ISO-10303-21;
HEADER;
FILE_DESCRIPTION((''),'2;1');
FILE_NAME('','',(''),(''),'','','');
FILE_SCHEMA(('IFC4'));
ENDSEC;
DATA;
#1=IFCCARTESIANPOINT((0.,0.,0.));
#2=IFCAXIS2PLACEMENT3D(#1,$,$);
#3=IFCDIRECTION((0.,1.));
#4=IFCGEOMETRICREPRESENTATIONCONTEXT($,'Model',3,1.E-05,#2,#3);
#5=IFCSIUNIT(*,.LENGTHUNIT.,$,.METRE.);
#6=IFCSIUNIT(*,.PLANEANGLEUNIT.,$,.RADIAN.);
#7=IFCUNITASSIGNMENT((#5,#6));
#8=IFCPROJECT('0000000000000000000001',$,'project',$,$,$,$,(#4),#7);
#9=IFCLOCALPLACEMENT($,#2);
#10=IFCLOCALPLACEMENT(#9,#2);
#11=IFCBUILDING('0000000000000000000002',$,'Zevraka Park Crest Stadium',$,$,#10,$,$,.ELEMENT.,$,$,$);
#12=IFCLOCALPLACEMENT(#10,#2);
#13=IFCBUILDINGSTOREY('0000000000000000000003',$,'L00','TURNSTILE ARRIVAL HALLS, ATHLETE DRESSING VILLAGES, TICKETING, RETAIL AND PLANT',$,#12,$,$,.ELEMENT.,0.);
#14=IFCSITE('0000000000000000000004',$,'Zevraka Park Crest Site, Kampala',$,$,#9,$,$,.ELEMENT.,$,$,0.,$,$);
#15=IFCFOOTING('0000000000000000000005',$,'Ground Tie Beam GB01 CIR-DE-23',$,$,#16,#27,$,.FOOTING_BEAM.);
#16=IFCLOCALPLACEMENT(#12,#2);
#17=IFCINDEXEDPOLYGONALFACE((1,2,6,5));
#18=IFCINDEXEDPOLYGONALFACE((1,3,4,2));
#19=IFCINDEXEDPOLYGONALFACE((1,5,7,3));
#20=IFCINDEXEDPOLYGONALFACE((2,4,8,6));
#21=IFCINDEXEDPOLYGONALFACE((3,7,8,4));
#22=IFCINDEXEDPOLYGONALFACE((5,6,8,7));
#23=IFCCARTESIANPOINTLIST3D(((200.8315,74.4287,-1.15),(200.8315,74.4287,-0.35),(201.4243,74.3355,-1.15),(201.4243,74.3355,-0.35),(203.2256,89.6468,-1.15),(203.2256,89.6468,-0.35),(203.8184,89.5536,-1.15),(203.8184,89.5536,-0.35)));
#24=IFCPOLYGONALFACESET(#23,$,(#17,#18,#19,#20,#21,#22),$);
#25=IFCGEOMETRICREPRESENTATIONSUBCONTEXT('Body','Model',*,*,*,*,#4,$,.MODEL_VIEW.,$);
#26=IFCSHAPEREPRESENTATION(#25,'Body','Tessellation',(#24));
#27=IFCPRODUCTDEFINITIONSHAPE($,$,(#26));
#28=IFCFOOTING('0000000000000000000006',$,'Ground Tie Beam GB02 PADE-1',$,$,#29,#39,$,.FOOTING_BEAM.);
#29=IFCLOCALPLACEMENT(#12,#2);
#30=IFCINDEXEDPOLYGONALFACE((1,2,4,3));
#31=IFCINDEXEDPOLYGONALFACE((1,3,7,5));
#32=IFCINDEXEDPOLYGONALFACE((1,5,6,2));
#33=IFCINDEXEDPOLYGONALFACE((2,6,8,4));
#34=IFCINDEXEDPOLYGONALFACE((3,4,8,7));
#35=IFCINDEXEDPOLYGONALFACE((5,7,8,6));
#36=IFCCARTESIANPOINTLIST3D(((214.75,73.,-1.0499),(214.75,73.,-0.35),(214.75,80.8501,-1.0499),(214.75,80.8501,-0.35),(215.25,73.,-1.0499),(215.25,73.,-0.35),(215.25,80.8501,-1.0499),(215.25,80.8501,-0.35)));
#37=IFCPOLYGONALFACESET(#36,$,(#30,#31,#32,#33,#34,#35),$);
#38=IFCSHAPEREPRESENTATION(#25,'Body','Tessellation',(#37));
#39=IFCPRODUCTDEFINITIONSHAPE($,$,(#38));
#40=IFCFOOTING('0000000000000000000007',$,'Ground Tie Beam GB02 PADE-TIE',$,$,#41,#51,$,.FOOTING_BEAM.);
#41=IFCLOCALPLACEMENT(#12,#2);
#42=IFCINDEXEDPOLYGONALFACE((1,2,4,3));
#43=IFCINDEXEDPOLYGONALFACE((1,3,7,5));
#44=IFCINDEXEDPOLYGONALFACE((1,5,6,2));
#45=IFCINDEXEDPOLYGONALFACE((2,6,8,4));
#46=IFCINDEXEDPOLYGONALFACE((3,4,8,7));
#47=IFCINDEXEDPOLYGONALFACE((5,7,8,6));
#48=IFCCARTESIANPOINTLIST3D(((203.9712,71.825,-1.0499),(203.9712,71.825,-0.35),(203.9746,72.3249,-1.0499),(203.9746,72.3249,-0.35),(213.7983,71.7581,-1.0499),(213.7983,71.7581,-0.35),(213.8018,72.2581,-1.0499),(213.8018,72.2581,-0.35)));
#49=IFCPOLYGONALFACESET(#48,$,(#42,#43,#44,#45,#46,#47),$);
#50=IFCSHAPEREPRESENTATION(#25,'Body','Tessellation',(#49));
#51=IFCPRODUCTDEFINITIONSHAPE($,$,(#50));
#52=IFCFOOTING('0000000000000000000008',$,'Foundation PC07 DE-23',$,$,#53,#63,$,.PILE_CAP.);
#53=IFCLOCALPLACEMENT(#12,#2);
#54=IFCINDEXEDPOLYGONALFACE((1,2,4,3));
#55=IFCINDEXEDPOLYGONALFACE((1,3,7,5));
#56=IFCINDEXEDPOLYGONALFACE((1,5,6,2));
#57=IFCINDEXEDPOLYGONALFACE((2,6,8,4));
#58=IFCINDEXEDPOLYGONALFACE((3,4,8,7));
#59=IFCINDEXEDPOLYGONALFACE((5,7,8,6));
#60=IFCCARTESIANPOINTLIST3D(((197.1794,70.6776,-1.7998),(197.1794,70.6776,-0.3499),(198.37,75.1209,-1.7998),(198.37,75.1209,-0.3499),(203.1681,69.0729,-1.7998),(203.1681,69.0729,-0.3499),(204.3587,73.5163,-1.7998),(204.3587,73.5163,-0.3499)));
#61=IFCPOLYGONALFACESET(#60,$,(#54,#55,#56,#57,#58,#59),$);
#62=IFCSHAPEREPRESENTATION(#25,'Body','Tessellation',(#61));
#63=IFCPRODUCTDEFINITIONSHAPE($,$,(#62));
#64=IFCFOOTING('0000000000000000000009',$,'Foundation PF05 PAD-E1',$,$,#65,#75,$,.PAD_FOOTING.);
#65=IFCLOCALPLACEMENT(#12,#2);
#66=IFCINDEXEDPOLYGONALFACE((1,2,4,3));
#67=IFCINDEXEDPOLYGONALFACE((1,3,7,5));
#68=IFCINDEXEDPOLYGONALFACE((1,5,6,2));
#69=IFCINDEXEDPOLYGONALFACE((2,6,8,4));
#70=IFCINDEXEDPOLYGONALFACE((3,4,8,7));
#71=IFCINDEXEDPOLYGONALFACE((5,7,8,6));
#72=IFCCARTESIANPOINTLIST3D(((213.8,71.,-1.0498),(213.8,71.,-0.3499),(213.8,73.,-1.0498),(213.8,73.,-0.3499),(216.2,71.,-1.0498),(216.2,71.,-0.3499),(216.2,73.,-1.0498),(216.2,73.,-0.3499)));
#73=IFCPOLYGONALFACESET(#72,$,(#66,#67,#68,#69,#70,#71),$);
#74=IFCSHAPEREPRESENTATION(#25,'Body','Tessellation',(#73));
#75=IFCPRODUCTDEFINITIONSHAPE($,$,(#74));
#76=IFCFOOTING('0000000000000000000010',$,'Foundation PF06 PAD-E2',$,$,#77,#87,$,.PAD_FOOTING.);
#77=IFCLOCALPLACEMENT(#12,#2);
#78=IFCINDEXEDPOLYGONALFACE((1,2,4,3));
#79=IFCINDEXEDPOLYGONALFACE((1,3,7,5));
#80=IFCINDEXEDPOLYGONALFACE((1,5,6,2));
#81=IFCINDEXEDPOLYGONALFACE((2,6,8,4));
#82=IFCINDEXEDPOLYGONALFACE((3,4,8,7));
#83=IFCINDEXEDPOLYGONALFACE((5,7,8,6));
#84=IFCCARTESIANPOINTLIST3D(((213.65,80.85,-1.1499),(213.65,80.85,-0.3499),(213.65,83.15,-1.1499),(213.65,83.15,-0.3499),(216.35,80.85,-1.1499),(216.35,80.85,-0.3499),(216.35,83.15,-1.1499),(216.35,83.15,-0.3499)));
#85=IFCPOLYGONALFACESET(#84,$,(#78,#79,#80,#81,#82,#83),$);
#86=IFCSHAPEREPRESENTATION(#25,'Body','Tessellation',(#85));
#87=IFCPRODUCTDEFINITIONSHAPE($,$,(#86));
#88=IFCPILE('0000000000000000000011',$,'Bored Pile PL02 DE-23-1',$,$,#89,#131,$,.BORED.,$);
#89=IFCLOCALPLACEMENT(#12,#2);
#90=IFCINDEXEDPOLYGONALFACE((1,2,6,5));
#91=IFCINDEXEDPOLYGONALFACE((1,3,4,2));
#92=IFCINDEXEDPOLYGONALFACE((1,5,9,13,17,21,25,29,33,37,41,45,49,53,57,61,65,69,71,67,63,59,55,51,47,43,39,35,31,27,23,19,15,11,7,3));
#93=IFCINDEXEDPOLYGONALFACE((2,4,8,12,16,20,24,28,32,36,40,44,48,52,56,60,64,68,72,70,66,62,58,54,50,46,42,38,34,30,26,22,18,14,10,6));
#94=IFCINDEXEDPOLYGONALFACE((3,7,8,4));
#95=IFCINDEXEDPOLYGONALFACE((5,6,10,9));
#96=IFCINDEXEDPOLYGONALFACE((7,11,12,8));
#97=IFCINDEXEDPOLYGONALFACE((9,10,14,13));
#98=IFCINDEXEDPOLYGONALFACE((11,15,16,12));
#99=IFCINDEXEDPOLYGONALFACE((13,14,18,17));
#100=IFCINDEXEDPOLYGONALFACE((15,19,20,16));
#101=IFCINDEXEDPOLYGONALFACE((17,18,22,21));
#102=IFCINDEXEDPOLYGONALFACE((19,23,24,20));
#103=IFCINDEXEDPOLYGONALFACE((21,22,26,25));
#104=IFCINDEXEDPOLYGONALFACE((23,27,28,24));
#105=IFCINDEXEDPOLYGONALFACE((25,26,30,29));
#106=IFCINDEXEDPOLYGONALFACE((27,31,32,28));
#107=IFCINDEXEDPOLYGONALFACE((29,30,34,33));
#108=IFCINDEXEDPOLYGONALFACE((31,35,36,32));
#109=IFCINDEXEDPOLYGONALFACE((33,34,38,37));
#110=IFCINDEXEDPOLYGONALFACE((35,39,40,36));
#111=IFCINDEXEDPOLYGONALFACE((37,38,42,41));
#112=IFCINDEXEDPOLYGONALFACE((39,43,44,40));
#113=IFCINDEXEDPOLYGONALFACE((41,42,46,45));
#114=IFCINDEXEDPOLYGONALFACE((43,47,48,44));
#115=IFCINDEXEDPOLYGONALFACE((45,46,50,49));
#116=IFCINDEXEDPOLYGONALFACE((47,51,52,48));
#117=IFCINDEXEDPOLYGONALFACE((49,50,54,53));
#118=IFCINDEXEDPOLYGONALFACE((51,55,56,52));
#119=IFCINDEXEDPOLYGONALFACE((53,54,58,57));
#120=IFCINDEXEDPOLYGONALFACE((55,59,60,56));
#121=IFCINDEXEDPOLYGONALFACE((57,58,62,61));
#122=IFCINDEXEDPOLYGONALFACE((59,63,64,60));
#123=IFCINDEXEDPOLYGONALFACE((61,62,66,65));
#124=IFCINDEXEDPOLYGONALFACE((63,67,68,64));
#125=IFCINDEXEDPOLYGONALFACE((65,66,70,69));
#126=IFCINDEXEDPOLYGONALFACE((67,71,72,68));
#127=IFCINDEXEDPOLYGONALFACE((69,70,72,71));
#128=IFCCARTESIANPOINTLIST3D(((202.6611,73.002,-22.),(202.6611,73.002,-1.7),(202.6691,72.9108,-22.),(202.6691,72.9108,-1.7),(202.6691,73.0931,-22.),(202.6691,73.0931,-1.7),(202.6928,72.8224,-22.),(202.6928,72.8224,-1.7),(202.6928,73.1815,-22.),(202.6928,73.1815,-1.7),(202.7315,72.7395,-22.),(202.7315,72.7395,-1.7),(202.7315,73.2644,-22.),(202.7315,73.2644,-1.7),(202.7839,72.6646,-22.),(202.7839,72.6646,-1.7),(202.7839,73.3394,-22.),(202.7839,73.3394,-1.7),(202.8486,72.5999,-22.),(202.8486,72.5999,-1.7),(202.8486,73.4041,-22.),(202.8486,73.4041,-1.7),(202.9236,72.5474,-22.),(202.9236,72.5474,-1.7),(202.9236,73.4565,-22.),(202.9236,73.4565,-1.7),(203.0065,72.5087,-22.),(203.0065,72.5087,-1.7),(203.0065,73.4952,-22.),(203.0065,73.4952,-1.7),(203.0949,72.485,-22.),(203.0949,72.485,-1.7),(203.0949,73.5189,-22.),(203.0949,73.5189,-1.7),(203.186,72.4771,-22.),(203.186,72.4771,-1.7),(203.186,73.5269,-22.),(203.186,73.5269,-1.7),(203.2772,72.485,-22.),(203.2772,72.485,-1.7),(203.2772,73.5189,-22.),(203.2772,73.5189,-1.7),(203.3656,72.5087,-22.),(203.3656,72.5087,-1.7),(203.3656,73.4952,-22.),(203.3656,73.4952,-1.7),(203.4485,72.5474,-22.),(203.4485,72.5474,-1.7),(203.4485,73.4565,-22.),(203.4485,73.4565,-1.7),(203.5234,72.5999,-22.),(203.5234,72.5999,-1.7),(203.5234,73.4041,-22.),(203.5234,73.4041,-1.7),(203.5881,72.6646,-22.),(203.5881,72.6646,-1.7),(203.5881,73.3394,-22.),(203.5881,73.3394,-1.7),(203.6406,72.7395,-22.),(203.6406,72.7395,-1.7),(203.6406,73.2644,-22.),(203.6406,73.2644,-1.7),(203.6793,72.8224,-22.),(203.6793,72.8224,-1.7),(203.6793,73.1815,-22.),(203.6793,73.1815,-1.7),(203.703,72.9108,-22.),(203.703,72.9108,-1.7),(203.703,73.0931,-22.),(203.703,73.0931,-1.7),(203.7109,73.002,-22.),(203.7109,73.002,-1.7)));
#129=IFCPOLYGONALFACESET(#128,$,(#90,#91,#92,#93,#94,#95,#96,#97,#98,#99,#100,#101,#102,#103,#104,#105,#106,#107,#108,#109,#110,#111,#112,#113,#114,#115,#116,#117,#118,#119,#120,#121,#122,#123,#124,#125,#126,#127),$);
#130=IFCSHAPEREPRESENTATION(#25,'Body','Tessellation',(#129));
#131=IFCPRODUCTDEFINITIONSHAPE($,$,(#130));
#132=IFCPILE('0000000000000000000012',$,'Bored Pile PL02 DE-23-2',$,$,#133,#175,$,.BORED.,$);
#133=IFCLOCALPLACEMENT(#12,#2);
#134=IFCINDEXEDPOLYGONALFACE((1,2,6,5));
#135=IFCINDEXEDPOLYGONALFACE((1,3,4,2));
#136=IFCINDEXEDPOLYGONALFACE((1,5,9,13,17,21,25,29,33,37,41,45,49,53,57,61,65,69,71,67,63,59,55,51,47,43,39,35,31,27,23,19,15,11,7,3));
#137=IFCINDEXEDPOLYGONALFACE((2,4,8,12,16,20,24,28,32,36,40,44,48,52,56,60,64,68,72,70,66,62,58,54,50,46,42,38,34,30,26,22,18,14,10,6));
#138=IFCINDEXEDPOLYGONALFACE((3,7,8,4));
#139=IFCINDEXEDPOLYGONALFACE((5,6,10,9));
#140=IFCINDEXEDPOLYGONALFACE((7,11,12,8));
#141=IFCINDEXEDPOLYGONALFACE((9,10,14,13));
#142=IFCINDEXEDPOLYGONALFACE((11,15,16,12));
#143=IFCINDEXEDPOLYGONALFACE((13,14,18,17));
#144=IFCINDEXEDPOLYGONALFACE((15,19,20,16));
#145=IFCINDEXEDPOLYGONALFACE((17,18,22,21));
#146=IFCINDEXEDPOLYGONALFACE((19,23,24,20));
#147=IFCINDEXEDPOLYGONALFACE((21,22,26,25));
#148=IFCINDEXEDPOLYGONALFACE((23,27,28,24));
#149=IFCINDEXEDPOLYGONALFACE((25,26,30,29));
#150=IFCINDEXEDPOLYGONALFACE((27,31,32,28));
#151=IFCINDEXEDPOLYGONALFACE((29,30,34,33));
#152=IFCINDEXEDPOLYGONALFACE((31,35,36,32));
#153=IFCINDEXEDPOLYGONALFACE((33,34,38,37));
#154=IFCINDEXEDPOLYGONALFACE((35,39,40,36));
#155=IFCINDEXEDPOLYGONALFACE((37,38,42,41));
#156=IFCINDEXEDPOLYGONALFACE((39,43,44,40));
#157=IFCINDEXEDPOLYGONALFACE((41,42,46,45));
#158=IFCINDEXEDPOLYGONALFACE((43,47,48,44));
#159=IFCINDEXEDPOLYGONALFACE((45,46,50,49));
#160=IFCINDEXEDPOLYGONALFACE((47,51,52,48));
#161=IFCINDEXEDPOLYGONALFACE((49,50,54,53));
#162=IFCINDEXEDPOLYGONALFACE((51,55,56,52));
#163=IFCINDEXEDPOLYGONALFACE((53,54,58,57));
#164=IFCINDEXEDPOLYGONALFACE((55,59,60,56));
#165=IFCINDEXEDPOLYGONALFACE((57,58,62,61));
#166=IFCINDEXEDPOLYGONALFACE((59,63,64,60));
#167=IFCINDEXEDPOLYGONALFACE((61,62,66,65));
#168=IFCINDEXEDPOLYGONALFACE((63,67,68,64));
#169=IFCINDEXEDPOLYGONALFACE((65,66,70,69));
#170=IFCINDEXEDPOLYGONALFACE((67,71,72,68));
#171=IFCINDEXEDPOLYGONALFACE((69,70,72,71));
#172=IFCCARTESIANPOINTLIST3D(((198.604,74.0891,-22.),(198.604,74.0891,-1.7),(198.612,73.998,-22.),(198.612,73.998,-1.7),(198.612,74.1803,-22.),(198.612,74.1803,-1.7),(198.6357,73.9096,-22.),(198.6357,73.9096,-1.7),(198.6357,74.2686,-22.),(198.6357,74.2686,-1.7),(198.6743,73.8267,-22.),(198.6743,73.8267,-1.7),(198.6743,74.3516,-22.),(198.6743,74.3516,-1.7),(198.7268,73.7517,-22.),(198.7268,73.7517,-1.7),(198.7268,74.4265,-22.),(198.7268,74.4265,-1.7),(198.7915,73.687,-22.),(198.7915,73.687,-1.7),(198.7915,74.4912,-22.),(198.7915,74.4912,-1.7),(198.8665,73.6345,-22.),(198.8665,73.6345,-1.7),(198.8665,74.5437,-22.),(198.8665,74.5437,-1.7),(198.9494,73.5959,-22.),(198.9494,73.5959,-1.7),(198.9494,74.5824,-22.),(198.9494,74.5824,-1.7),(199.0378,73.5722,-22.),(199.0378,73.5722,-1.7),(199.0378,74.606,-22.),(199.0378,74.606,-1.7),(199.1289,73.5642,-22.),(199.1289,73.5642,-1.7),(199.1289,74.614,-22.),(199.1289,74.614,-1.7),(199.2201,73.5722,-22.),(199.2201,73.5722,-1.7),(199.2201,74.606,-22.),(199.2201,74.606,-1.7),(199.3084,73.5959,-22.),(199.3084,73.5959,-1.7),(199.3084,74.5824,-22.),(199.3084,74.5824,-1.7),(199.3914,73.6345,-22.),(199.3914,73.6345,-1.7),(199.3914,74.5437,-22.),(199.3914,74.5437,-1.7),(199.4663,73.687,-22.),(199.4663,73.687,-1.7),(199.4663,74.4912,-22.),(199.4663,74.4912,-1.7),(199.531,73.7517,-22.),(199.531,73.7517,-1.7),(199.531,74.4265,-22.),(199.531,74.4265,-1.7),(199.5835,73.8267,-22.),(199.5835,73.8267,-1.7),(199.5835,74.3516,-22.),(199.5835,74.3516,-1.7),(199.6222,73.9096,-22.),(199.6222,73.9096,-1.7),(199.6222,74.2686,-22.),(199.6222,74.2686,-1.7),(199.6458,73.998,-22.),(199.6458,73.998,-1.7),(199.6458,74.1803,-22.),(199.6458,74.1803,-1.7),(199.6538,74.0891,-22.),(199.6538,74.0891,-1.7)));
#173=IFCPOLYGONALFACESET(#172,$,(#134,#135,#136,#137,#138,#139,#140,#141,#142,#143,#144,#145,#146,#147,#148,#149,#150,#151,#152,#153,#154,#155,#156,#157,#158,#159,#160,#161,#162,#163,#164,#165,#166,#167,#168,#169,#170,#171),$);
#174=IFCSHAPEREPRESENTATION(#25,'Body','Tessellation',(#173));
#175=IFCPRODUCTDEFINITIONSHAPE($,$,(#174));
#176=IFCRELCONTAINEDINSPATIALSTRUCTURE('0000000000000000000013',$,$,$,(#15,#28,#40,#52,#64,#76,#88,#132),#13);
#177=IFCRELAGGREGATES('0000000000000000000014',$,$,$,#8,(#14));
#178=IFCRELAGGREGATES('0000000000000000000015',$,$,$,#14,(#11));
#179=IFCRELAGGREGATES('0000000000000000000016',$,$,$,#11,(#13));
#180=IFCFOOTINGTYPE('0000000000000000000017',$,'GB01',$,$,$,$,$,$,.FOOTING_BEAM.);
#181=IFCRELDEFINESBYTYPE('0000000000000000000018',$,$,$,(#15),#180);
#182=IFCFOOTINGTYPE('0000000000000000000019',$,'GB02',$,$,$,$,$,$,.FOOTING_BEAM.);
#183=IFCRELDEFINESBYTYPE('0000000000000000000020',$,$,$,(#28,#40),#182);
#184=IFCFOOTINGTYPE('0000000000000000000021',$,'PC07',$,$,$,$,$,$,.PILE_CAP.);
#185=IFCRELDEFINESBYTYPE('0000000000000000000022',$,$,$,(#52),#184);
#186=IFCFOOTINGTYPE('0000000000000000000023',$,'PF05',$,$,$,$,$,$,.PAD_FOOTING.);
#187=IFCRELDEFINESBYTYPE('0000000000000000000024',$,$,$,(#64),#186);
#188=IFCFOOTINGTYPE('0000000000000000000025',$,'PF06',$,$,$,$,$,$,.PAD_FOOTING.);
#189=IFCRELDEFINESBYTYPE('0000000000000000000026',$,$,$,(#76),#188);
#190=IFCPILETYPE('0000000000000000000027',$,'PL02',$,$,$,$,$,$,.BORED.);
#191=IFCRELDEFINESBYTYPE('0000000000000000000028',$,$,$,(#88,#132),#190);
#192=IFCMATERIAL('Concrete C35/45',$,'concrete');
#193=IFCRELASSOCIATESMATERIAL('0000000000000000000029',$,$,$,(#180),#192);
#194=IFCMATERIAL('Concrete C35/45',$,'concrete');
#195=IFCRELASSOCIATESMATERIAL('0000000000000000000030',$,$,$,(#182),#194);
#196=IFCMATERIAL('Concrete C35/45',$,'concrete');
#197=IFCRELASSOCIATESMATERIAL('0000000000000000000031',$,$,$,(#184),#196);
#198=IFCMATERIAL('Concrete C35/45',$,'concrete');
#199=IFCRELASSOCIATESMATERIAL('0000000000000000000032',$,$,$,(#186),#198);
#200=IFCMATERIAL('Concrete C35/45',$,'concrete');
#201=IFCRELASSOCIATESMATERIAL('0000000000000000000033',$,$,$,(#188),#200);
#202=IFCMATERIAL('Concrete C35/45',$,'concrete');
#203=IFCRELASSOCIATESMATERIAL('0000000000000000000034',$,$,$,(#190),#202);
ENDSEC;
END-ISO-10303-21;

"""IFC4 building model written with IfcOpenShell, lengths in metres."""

from ifc_helpers import new_model, si_unit, direction, frame, origin, origin_2d, place, context, subcontext, project, spatial, rectangle, circle, extrude, material, material_profile, profile_set, type_object, element, save


model = new_model("IFC4")

# Units and contexts
model_context = context("Model", 3, precision=1e-05, world=origin(), true_north=direction((0.0, 1.0)))
body_context = subcontext(model_context, "Body", "Model", "MODEL_VIEW")
ifc_project = project(units=[si_unit("LENGTHUNIT", "METRE"), si_unit("PLANEANGLEUNIT", "RADIAN")], contexts=[model_context])

# Site, building, storey
site_placement = place(None, origin())
site = spatial("IfcSite", under=ifc_project, at=site_placement, Name="Zevraka Park Crest Site, Kampala", CompositionType="ELEMENT", RefElevation=0.0)
building_placement = place(site_placement, origin())
building = spatial("IfcBuilding", under=site, at=building_placement, Name="Zevraka Park Crest Stadium", CompositionType="ELEMENT")
storey_placement = place(building_placement, origin())
storey = spatial("IfcBuildingStorey", under=building, at=storey_placement, Name="L00", Description="TURNSTILE ARRIVAL HALLS, ATHLETE DRESSING VILLAGES, TICKETING, RETAIL AND PLANT", CompositionType="ELEMENT", Elevation=0.0)

# Footings
ifc_material_1 = material(Name="Concrete C35/45", Category="concrete")
ifc_material_profile_1 = material_profile(ifc_material_1, rectangle(XDim=0.6001, YDim=0.8, at=origin_2d()), Name="GB 800x600")
ifc_profile_set_1 = profile_set([ifc_material_profile_1], Name="Concrete C35/45")
footing_type_1 = type_object("IfcFootingType", Name="GB01", PredefinedType="FOOTING_BEAM", material=ifc_profile_set_1)
footing_1_placement = place(storey_placement, frame((201.1279, 74.3821, -0.75), z_axis=(0.155405, 0.987851, 0.0), x_axis=(-0.987851, 0.155405, 0.0)))
element("IfcFooting", 1, at=footing_1_placement, inside=storey, type_object=footing_type_1, Name="Ground Tie Beam GB01 CIR-DE-23", PredefinedType="FOOTING_BEAM", context=body_context, shape_type="SweptSolid", body=[
    extrude(rectangle(XDim=0.6001, YDim=0.8, at=origin_2d()), origin(), (0.0, 0.0, 1.0), 15.4053),
])
ifc_material_2 = material(Name="Concrete C35/45", Category="concrete")
ifc_material_profile_2 = material_profile(ifc_material_2, rectangle(XDim=0.5, YDim=0.7, at=origin_2d()), Name="GB 700x500")
ifc_profile_set_2 = profile_set([ifc_material_profile_2], Name="Concrete C35/45")
footing_type_2 = type_object("IfcFootingType", Name="GB02", PredefinedType="FOOTING_BEAM", material=ifc_profile_set_2)
footing_2_placement = place(storey_placement, frame((215.0, 73.0, -0.7), z_axis=(0.0, 1.0, 0.0), x_axis=(-1.0, 0.0, 0.0)))
element("IfcFooting", 2, at=footing_2_placement, inside=storey, type_object=footing_type_2, Name="Ground Tie Beam GB02 PADE-1", PredefinedType="FOOTING_BEAM", context=body_context, shape_type="SweptSolid", body=[
    extrude(rectangle(XDim=0.5, YDim=0.7, at=origin_2d()), origin(), (0.0, 0.0, 1.0), 7.8501),
])
footing_3_placement = place(storey_placement, frame((213.8, 72.0081, -0.7), z_axis=(-0.999977, 0.006807, 0.0), x_axis=(-0.006807, -0.999977, 0.0)))
element("IfcFooting", 3, at=footing_3_placement, inside=storey, type_object=footing_type_2, Name="Ground Tie Beam GB02 PADE-TIE", PredefinedType="FOOTING_BEAM", context=body_context, shape_type="SweptSolid", body=[
    extrude(rectangle(XDim=0.5, YDim=0.7, at=origin_2d()), origin(), (0.0, 0.0, 1.0), 9.8274),
])
ifc_material_3 = material(Name="Concrete C35/45", Category="concrete")
footing_type_3 = type_object("IfcFootingType", Name="PC07", PredefinedType="PILE_CAP", material=ifc_material_3)
footing_4_placement = place(storey_placement, frame((200.769, 72.0969, -1.7998), z_axis=(0.0, 0.0, 1.0), x_axis=(-0.965926, 0.258819, 0.0)))
element("IfcFooting", 4, at=footing_4_placement, inside=storey, type_object=footing_type_3, Name="Foundation PC07 DE-23", PredefinedType="PILE_CAP", context=body_context, shape_type="SweptSolid", body=[
    extrude(rectangle(XDim=6.2, YDim=4.6001, at=origin_2d()), origin(), (0.0, 0.0, 1.0), 1.45),
])
ifc_material_4 = material(Name="Concrete C35/45", Category="concrete")
footing_type_4 = type_object("IfcFootingType", Name="PF05", PredefinedType="PAD_FOOTING", material=ifc_material_4)
footing_5_placement = place(storey_placement, frame((215.0, 72.0, -1.0498), z_axis=(0.0, 0.0, 1.0), x_axis=(1.0, 0.0, 0.0)))
element("IfcFooting", 5, at=footing_5_placement, inside=storey, type_object=footing_type_4, Name="Foundation PF05 PAD-E1", PredefinedType="PAD_FOOTING", context=body_context, shape_type="SweptSolid", body=[
    extrude(rectangle(XDim=2.3999, YDim=2.0, at=origin_2d()), origin(), (0.0, 0.0, 1.0), 0.7),
])
ifc_material_5 = material(Name="Concrete C35/45", Category="concrete")
footing_type_5 = type_object("IfcFootingType", Name="PF06", PredefinedType="PAD_FOOTING", material=ifc_material_5)
footing_6_placement = place(storey_placement, frame((215.0, 82.0, -1.1499), z_axis=(0.0, 0.0, 1.0), x_axis=(1.0, 0.0, 0.0)))
element("IfcFooting", 6, at=footing_6_placement, inside=storey, type_object=footing_type_5, Name="Foundation PF06 PAD-E2", PredefinedType="PAD_FOOTING", context=body_context, shape_type="SweptSolid", body=[
    extrude(rectangle(XDim=2.7, YDim=2.3, at=origin_2d()), origin(), (0.0, 0.0, 1.0), 0.8),
])

# Piles
ifc_material_6 = material(Name="Concrete C35/45", Category="concrete")
ifc_material_profile_3 = material_profile(ifc_material_6, circle(Radius=0.5249, at=origin_2d()), Name="PILE D1050")
ifc_profile_set_3 = profile_set([ifc_material_profile_3], Name="Concrete C35/45")
pile_type = type_object("IfcPileType", Name="PL02", PredefinedType="BORED", material=ifc_profile_set_3)
for number, where, z_axis, x_axis, name in (
    (7, (203.186, 73.002, -1.7), (0.0, 0.0, -1.0), (1.0, 0.0, 0.0), "Bored Pile PL02 DE-23-1"),
    (8, (199.1289, 74.0891, -1.7), (0.0, 0.0, -1.0), (1.0, 0.0, 0.0), "Bored Pile PL02 DE-23-2"),
):
    element("IfcPile", number, at=place(storey_placement, frame(where, z_axis=z_axis, x_axis=x_axis)), inside=storey, type_object=pile_type, Name=name, PredefinedType="BORED", context=body_context, shape_type="SweptSolid", body=[
        extrude(circle(Radius=0.5249, at=origin_2d()), origin(), (0.0, 0.0, 1.0), 20.3),
    ])

save(model, "model.ifc")
